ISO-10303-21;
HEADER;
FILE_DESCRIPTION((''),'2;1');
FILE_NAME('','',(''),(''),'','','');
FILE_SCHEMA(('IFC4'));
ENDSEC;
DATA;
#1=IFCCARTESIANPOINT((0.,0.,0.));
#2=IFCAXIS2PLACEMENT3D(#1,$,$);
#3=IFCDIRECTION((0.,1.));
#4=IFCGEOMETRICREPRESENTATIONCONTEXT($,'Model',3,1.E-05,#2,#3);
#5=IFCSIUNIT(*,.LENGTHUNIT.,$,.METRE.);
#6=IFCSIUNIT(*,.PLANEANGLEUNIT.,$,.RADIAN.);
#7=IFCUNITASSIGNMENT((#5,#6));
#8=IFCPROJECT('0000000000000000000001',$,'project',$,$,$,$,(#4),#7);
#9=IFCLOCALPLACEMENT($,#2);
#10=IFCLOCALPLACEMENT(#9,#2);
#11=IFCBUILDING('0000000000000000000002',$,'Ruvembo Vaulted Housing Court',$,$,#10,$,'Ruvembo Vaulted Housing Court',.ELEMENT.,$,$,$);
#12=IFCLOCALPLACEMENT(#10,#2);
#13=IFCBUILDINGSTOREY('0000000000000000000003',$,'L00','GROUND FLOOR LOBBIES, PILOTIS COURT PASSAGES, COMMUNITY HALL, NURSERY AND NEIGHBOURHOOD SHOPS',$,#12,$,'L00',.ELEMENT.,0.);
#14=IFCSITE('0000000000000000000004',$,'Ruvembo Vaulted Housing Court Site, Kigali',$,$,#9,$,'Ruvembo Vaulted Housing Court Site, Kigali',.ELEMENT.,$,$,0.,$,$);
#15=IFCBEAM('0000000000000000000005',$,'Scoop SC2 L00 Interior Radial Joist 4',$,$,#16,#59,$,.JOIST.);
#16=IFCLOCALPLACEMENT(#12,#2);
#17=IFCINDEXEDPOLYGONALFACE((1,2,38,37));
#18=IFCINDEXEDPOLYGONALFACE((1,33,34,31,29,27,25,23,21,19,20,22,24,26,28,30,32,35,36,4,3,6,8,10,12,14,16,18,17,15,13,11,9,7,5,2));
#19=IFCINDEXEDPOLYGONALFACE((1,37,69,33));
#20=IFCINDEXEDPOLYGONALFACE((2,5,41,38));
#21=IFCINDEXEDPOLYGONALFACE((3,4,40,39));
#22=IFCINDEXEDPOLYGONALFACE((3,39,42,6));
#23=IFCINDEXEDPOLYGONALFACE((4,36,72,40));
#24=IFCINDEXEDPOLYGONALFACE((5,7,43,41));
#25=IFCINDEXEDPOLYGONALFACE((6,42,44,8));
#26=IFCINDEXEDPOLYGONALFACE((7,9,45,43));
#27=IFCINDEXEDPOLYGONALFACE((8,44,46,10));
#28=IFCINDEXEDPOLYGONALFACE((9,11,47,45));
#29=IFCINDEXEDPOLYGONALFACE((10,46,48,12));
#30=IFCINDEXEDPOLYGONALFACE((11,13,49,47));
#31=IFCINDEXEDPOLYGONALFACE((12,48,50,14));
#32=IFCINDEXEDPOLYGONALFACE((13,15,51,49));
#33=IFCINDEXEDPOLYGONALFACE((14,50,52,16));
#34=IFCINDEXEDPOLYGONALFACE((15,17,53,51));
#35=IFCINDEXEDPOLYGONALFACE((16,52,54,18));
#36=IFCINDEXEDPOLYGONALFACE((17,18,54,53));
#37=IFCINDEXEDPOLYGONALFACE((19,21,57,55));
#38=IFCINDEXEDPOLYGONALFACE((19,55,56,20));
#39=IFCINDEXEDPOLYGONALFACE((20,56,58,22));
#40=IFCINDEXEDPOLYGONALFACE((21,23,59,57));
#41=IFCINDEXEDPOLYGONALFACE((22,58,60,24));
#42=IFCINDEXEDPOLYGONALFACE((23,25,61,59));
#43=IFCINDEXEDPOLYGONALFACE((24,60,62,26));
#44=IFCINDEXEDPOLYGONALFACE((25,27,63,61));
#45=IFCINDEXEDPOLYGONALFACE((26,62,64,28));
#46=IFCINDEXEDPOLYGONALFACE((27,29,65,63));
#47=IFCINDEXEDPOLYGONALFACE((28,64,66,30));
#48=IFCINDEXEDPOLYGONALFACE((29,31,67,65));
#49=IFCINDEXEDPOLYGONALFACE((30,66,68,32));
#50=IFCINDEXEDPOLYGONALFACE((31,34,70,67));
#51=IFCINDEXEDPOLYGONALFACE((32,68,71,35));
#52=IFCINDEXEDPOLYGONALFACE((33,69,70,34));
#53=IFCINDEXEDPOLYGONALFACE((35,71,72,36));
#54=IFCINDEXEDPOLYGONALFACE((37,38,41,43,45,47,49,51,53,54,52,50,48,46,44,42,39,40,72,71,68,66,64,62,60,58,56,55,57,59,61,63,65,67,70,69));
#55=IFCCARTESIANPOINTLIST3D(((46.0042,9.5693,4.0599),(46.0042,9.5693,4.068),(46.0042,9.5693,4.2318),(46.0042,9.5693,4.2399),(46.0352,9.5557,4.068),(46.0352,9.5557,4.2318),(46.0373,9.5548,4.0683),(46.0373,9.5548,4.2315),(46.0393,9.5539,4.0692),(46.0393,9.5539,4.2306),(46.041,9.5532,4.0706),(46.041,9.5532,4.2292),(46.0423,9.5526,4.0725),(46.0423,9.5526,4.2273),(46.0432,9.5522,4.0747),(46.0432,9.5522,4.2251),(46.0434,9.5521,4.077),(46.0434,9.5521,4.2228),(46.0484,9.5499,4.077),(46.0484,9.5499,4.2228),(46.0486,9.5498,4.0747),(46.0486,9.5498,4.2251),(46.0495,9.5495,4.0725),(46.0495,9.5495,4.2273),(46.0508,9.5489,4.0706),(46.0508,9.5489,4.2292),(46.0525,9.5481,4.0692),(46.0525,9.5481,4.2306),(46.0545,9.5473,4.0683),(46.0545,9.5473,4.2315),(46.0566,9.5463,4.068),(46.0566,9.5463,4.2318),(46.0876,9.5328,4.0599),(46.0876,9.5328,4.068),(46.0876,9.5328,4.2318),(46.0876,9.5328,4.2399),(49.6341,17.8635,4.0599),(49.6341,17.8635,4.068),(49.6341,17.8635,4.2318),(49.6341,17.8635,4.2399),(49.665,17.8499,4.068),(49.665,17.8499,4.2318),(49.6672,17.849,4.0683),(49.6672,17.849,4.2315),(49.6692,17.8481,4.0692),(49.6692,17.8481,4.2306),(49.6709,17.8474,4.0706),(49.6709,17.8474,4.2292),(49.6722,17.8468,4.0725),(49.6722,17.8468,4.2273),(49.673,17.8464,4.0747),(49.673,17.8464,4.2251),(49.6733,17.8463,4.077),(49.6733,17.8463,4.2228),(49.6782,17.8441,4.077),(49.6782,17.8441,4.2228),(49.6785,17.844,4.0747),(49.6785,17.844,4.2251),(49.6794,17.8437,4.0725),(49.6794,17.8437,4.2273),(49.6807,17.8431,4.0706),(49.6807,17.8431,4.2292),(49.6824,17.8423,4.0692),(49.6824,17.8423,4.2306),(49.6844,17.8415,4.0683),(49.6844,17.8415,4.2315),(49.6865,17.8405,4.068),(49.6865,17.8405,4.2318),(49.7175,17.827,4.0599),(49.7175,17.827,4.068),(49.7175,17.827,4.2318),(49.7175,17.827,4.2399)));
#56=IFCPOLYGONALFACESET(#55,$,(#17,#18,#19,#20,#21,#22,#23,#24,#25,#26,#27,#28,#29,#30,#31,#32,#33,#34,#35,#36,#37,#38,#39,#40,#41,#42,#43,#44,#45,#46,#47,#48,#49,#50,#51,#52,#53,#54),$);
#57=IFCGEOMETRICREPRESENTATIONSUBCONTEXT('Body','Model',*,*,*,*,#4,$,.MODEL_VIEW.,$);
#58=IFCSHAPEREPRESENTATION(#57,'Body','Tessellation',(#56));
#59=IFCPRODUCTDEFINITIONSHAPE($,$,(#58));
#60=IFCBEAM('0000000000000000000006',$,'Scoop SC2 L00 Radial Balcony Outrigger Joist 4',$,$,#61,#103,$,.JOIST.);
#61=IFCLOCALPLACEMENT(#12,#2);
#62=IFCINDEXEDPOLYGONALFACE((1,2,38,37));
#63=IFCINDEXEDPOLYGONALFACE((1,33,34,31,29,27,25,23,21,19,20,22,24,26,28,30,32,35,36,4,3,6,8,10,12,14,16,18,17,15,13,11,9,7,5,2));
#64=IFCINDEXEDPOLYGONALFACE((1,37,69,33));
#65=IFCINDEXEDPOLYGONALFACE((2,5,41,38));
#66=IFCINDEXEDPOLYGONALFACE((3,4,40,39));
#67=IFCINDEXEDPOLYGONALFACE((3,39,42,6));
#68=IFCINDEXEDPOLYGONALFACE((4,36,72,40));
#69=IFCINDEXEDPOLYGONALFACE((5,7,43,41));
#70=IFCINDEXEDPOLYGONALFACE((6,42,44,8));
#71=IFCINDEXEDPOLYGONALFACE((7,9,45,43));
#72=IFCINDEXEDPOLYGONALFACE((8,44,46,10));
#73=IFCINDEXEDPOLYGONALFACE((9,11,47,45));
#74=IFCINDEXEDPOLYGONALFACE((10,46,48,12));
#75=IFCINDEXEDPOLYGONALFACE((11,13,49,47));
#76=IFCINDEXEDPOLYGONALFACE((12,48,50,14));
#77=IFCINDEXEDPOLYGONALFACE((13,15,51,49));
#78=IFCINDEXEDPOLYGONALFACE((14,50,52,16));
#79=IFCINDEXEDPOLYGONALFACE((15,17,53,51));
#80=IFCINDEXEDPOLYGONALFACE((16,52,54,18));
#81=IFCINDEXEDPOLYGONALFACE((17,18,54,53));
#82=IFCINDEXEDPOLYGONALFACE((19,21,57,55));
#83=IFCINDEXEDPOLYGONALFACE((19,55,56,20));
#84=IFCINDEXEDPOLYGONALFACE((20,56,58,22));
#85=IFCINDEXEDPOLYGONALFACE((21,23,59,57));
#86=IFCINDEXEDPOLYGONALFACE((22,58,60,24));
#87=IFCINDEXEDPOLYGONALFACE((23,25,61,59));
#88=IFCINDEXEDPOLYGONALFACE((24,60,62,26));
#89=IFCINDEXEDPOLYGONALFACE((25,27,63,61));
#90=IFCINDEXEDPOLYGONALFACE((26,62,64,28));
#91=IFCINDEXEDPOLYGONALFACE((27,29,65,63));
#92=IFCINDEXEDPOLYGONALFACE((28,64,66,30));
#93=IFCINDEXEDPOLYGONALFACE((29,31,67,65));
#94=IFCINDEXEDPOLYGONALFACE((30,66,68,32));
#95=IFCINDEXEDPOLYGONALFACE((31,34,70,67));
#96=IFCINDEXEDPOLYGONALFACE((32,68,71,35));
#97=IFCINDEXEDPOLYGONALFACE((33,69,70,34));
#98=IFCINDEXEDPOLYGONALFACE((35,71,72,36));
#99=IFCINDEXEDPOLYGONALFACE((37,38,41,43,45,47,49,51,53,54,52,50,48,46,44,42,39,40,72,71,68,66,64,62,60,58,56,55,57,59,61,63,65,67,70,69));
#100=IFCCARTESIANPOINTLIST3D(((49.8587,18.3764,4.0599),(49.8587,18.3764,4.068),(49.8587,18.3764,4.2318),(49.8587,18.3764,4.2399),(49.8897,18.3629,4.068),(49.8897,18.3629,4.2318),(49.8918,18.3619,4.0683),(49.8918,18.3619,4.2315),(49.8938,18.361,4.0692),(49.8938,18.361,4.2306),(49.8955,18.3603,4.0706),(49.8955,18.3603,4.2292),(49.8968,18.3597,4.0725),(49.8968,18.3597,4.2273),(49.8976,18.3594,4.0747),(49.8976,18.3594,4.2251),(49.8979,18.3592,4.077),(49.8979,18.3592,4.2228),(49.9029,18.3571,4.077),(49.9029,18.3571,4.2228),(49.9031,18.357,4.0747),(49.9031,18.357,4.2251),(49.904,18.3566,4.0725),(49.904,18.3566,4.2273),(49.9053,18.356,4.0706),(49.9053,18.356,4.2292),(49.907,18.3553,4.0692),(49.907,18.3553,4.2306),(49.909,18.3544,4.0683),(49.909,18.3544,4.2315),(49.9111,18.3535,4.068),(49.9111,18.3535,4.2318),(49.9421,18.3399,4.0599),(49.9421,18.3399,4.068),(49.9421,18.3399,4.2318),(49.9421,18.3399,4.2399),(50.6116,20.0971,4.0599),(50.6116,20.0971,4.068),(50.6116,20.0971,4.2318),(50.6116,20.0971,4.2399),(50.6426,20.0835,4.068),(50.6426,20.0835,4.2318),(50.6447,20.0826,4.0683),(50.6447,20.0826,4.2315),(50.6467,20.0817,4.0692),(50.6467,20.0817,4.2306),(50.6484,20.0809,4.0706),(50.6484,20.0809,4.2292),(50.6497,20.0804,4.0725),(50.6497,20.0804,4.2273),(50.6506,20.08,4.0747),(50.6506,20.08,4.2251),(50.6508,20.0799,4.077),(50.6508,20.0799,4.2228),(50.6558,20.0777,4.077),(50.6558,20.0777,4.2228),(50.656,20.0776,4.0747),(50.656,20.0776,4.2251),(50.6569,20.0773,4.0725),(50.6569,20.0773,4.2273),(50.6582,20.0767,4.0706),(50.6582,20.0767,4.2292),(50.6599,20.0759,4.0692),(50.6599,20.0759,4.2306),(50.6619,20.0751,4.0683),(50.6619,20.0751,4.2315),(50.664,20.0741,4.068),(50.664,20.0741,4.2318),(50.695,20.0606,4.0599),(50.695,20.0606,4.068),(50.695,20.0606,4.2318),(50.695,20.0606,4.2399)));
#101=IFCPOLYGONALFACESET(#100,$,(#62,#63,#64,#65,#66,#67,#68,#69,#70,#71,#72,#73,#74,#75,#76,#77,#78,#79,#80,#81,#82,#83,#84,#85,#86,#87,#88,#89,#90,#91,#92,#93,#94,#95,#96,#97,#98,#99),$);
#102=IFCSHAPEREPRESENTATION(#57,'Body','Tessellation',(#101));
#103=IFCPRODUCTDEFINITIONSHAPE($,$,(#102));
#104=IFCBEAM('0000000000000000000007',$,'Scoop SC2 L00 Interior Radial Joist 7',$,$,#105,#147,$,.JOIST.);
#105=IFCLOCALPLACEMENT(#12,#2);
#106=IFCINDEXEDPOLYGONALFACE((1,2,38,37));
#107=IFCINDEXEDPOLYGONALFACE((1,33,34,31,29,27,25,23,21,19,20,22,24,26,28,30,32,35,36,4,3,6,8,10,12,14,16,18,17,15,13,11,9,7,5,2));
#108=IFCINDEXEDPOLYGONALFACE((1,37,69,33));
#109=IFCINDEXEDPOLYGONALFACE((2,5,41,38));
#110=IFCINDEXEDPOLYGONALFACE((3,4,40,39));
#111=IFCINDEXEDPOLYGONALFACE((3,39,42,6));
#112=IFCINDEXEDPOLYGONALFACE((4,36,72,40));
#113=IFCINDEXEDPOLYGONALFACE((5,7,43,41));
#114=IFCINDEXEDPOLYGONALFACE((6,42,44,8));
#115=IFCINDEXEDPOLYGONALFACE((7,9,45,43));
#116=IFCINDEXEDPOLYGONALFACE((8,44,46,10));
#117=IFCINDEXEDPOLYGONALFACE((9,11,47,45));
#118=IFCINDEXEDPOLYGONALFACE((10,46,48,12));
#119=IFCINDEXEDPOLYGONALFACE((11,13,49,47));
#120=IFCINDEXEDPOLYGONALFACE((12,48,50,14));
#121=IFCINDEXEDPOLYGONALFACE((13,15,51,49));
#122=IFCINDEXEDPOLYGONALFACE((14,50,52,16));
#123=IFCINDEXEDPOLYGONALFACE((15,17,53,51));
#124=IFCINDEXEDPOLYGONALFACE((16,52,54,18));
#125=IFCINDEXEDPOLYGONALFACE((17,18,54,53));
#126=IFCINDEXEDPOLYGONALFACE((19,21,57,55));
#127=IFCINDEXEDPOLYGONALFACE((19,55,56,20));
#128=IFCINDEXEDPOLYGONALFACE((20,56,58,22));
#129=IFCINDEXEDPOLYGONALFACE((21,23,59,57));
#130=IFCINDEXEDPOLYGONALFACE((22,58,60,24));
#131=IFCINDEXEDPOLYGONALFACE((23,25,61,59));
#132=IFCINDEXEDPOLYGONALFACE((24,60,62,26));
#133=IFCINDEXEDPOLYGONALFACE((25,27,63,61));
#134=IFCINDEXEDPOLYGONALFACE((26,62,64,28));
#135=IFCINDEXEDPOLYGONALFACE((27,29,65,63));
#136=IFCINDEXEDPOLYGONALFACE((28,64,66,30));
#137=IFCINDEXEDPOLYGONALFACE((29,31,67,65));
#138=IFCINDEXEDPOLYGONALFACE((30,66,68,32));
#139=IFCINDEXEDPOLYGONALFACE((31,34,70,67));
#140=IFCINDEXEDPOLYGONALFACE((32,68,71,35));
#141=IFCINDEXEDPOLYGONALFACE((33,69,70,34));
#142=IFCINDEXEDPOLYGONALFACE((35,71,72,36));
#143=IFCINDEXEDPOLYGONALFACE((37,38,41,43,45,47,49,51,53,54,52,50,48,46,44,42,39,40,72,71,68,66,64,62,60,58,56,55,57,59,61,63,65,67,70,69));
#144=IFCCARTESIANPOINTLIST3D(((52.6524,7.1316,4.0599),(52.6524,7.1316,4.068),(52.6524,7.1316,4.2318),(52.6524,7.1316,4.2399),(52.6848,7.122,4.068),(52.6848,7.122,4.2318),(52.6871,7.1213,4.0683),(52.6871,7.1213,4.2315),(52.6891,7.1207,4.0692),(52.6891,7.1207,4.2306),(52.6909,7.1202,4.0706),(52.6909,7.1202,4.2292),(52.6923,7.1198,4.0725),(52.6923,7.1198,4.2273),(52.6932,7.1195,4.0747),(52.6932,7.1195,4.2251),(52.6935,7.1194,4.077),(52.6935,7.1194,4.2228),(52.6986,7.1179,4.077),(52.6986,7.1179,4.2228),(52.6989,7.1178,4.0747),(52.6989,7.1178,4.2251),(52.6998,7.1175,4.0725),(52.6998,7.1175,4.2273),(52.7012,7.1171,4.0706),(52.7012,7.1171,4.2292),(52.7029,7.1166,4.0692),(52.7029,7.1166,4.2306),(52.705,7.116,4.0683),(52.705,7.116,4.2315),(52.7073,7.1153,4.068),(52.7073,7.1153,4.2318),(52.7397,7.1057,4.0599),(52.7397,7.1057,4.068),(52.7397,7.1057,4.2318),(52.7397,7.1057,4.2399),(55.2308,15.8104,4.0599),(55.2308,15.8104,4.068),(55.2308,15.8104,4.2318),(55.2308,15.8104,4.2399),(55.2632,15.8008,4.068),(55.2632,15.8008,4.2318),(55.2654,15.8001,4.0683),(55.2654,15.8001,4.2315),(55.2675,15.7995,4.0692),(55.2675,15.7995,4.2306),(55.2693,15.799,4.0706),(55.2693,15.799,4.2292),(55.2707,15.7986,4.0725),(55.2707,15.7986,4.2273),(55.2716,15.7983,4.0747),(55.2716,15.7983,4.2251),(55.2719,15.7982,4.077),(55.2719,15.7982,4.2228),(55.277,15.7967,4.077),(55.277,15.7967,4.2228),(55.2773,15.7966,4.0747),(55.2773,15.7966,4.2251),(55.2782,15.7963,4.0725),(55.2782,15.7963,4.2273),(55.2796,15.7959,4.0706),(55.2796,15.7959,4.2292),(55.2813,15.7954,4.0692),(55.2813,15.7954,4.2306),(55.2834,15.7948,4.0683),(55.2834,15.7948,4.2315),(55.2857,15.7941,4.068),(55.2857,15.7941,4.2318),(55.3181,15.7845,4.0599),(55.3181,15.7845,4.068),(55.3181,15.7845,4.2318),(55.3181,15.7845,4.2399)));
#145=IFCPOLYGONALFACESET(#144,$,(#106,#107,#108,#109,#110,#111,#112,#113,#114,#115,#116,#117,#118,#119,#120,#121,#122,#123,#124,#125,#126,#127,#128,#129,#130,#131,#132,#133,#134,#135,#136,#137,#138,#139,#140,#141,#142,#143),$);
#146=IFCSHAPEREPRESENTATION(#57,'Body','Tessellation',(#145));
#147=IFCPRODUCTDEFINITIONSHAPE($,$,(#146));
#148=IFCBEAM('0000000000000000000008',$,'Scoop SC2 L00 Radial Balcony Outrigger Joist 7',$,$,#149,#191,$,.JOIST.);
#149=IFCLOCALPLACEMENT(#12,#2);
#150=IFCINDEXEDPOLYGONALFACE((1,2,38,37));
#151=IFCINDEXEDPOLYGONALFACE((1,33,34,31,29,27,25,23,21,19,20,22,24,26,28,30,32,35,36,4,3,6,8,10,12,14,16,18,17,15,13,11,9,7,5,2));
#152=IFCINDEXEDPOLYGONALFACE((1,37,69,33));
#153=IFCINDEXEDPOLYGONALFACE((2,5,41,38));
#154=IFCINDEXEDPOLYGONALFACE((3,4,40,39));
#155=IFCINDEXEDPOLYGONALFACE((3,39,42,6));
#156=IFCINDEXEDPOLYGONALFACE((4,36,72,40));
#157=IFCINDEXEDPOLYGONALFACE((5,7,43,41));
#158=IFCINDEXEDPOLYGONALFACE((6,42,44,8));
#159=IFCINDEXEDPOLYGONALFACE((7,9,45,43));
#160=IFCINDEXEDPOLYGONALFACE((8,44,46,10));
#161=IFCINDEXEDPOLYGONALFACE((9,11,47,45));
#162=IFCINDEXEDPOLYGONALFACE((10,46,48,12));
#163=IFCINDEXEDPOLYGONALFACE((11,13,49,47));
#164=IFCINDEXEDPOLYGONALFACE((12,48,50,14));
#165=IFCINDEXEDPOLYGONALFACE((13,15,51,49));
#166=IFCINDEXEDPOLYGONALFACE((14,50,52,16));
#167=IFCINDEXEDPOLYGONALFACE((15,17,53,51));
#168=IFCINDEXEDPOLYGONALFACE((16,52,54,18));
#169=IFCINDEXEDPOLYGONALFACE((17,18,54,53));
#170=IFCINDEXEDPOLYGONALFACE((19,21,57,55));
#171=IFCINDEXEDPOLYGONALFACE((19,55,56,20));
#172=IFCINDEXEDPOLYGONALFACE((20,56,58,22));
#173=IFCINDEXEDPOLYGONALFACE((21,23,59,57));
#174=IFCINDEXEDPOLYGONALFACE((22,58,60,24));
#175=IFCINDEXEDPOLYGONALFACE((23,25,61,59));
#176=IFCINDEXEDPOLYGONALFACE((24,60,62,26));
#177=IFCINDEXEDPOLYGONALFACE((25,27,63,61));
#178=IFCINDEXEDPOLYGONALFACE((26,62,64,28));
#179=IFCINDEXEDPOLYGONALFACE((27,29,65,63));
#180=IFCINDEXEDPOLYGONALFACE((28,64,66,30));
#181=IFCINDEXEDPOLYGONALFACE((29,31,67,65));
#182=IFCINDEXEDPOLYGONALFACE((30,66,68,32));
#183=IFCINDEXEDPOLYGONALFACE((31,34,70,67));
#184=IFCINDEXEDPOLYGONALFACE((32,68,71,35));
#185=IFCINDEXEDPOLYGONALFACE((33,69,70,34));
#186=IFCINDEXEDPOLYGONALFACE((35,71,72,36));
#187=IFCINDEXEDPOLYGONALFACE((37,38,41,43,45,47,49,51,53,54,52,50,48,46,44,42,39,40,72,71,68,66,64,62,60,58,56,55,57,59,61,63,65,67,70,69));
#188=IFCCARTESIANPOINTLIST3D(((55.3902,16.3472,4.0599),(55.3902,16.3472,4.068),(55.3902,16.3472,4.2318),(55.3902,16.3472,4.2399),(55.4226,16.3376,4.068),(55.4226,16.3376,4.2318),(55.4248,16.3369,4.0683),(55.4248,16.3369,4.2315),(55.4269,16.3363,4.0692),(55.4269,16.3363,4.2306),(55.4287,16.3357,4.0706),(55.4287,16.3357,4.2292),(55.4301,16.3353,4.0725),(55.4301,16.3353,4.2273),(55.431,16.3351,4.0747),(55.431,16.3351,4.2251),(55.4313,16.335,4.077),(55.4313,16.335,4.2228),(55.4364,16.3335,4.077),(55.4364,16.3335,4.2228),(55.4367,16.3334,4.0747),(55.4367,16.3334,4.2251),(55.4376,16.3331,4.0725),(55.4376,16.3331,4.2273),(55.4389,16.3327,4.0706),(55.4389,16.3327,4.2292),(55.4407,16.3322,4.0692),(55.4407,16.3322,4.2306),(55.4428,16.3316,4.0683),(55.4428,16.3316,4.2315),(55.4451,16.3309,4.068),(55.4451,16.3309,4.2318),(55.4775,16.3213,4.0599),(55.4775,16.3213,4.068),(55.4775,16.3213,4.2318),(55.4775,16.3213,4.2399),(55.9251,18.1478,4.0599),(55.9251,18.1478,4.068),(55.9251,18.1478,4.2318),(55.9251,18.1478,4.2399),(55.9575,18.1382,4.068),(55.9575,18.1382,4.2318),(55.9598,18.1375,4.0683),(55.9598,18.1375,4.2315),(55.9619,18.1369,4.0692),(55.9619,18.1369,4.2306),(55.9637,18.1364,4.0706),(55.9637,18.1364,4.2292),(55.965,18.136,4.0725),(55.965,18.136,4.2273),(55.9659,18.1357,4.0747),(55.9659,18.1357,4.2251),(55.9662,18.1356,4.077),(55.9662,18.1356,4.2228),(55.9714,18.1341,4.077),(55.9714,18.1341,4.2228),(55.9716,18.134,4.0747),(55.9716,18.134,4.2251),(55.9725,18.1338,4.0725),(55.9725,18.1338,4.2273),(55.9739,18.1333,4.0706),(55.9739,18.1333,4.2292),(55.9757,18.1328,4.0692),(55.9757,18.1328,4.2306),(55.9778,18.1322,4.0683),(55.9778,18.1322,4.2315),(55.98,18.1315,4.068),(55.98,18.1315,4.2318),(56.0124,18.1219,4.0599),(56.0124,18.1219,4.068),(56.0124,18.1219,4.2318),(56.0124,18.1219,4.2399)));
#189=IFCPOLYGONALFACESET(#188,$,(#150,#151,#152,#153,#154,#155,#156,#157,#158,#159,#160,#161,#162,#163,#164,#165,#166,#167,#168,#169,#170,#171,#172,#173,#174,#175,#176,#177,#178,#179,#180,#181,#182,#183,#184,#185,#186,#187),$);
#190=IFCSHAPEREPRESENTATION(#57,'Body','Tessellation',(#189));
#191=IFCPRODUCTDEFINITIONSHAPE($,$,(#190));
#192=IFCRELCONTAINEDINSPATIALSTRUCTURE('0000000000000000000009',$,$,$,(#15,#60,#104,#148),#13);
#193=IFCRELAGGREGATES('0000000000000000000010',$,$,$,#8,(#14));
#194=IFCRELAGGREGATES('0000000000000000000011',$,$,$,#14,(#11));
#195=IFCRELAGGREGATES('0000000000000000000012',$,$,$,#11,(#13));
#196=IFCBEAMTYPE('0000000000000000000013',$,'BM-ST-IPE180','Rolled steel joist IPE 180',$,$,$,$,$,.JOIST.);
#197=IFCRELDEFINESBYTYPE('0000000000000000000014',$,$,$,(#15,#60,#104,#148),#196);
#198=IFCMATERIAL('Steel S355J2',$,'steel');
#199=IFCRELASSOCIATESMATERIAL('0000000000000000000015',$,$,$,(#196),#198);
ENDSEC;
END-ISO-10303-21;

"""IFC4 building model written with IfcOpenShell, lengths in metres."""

from ifc_helpers import new_model, si_unit, direction, frame, origin, origin_2d, place, context, subcontext, project, spatial, i_section, extrude, material, material_profile, profile_set, type_object, element, save


model = new_model("IFC4")

# Units and contexts
model_context = context("Model", 3, precision=1e-05, world=origin(), true_north=direction((0.0, 1.0)))
body_context = subcontext(model_context, "Body", "Model", "MODEL_VIEW")
ifc_project = project(units=[si_unit("LENGTHUNIT", "METRE"), si_unit("PLANEANGLEUNIT", "RADIAN")], contexts=[model_context])

# Site, building, storey
site_placement = place(None, origin())
site = spatial("IfcSite", under=ifc_project, at=site_placement, Name="Ruvembo Vaulted Housing Court Site, Kigali", LongName="Ruvembo Vaulted Housing Court Site, Kigali", CompositionType="ELEMENT", RefElevation=0.0)
building_placement = place(site_placement, origin())
building = spatial("IfcBuilding", under=site, at=building_placement, Name="Ruvembo Vaulted Housing Court", LongName="Ruvembo Vaulted Housing Court", CompositionType="ELEMENT")
storey_placement = place(building_placement, origin())
storey = spatial("IfcBuildingStorey", under=building, at=storey_placement, Name="L00", Description="GROUND FLOOR LOBBIES, PILOTIS COURT PASSAGES, COMMUNITY HALL, NURSERY AND NEIGHBOURHOOD SHOPS", LongName="L00", CompositionType="ELEMENT", Elevation=0.0)

# Beams
ifc_material_1 = material(Name="Steel S355J2", Category="steel")
ifc_material_profile_1 = material_profile(ifc_material_1, i_section(OverallWidth=0.0911, OverallDepth=0.1799, WebThickness=0.0054, FlangeThickness=0.0081, FilletRadius=0.009, at=origin_2d()), Name="IPE 180")
ifc_profile_set_1 = profile_set([ifc_material_profile_1], Name="Steel S355J2")
beam_type_1 = type_object("IfcBeamType", Name="BM-ST-IPE180", Description="Rolled steel joist IPE 180", PredefinedType="JOIST", material=ifc_profile_set_1)
beam_1_placement = place(storey_placement, frame((46.0459, 9.551, 4.1499), z_axis=(0.400928, 0.91611, 0.0), x_axis=(-0.91611, 0.400928, 0.0)))
element("IfcBeam", 1, at=beam_1_placement, inside=storey, type_object=beam_type_1, Name="Scoop SC2 L00 Interior Radial Joist 4", PredefinedType="JOIST", context=body_context, shape_type="SweptSolid", body=[
    extrude(i_section(OverallWidth=0.0911, OverallDepth=0.1799, WebThickness=0.0054, FlangeThickness=0.0081, FilletRadius=0.009, at=origin_2d()), origin(), (0.0, 0.0, 1.0), 9.0537),
])
beam_2_placement = place(storey_placement, frame((49.9004, 18.3582, 4.1499), z_axis=(0.400873, 0.916133, 0.0), x_axis=(-0.916133, 0.400873, 0.0)))
element("IfcBeam", 2, at=beam_2_placement, inside=storey, type_object=beam_type_1, Name="Scoop SC2 L00 Radial Balcony Outrigger Joist 4", PredefinedType="JOIST", context=body_context, shape_type="SweptSolid", body=[
    extrude(i_section(OverallWidth=0.0911, OverallDepth=0.1799, WebThickness=0.0054, FlangeThickness=0.0081, FilletRadius=0.009, at=origin_2d()), origin(), (0.0, 0.0, 1.0), 1.8782),
])
beam_3_placement = place(storey_placement, frame((52.696, 7.1187, 4.1499), z_axis=(0.284789, 0.95859, 0.0), x_axis=(-0.95859, 0.284789, 0.0)))
element("IfcBeam", 3, at=beam_3_placement, inside=storey, type_object=beam_type_1, Name="Scoop SC2 L00 Interior Radial Joist 7", PredefinedType="JOIST", context=body_context, shape_type="SweptSolid", body=[
    extrude(i_section(OverallWidth=0.0911, OverallDepth=0.1799, WebThickness=0.0054, FlangeThickness=0.0081, FilletRadius=0.009, at=origin_2d()), origin(), (0.0, 0.0, 1.0), 9.0537),
])
beam_4_placement = place(storey_placement, frame((55.4338, 16.3342, 4.1499), z_axis=(0.284783, 0.958592, 0.0), x_axis=(-0.958592, 0.284783, 0.0)))
element("IfcBeam", 4, at=beam_4_placement, inside=storey, type_object=beam_type_1, Name="Scoop SC2 L00 Radial Balcony Outrigger Joist 7", PredefinedType="JOIST", context=body_context, shape_type="SweptSolid", body=[
    extrude(i_section(OverallWidth=0.0911, OverallDepth=0.1799, WebThickness=0.0054, FlangeThickness=0.0081, FilletRadius=0.009, at=origin_2d()), origin(), (0.0, 0.0, 1.0), 1.8784),
])

save(model, "model.ifc")
